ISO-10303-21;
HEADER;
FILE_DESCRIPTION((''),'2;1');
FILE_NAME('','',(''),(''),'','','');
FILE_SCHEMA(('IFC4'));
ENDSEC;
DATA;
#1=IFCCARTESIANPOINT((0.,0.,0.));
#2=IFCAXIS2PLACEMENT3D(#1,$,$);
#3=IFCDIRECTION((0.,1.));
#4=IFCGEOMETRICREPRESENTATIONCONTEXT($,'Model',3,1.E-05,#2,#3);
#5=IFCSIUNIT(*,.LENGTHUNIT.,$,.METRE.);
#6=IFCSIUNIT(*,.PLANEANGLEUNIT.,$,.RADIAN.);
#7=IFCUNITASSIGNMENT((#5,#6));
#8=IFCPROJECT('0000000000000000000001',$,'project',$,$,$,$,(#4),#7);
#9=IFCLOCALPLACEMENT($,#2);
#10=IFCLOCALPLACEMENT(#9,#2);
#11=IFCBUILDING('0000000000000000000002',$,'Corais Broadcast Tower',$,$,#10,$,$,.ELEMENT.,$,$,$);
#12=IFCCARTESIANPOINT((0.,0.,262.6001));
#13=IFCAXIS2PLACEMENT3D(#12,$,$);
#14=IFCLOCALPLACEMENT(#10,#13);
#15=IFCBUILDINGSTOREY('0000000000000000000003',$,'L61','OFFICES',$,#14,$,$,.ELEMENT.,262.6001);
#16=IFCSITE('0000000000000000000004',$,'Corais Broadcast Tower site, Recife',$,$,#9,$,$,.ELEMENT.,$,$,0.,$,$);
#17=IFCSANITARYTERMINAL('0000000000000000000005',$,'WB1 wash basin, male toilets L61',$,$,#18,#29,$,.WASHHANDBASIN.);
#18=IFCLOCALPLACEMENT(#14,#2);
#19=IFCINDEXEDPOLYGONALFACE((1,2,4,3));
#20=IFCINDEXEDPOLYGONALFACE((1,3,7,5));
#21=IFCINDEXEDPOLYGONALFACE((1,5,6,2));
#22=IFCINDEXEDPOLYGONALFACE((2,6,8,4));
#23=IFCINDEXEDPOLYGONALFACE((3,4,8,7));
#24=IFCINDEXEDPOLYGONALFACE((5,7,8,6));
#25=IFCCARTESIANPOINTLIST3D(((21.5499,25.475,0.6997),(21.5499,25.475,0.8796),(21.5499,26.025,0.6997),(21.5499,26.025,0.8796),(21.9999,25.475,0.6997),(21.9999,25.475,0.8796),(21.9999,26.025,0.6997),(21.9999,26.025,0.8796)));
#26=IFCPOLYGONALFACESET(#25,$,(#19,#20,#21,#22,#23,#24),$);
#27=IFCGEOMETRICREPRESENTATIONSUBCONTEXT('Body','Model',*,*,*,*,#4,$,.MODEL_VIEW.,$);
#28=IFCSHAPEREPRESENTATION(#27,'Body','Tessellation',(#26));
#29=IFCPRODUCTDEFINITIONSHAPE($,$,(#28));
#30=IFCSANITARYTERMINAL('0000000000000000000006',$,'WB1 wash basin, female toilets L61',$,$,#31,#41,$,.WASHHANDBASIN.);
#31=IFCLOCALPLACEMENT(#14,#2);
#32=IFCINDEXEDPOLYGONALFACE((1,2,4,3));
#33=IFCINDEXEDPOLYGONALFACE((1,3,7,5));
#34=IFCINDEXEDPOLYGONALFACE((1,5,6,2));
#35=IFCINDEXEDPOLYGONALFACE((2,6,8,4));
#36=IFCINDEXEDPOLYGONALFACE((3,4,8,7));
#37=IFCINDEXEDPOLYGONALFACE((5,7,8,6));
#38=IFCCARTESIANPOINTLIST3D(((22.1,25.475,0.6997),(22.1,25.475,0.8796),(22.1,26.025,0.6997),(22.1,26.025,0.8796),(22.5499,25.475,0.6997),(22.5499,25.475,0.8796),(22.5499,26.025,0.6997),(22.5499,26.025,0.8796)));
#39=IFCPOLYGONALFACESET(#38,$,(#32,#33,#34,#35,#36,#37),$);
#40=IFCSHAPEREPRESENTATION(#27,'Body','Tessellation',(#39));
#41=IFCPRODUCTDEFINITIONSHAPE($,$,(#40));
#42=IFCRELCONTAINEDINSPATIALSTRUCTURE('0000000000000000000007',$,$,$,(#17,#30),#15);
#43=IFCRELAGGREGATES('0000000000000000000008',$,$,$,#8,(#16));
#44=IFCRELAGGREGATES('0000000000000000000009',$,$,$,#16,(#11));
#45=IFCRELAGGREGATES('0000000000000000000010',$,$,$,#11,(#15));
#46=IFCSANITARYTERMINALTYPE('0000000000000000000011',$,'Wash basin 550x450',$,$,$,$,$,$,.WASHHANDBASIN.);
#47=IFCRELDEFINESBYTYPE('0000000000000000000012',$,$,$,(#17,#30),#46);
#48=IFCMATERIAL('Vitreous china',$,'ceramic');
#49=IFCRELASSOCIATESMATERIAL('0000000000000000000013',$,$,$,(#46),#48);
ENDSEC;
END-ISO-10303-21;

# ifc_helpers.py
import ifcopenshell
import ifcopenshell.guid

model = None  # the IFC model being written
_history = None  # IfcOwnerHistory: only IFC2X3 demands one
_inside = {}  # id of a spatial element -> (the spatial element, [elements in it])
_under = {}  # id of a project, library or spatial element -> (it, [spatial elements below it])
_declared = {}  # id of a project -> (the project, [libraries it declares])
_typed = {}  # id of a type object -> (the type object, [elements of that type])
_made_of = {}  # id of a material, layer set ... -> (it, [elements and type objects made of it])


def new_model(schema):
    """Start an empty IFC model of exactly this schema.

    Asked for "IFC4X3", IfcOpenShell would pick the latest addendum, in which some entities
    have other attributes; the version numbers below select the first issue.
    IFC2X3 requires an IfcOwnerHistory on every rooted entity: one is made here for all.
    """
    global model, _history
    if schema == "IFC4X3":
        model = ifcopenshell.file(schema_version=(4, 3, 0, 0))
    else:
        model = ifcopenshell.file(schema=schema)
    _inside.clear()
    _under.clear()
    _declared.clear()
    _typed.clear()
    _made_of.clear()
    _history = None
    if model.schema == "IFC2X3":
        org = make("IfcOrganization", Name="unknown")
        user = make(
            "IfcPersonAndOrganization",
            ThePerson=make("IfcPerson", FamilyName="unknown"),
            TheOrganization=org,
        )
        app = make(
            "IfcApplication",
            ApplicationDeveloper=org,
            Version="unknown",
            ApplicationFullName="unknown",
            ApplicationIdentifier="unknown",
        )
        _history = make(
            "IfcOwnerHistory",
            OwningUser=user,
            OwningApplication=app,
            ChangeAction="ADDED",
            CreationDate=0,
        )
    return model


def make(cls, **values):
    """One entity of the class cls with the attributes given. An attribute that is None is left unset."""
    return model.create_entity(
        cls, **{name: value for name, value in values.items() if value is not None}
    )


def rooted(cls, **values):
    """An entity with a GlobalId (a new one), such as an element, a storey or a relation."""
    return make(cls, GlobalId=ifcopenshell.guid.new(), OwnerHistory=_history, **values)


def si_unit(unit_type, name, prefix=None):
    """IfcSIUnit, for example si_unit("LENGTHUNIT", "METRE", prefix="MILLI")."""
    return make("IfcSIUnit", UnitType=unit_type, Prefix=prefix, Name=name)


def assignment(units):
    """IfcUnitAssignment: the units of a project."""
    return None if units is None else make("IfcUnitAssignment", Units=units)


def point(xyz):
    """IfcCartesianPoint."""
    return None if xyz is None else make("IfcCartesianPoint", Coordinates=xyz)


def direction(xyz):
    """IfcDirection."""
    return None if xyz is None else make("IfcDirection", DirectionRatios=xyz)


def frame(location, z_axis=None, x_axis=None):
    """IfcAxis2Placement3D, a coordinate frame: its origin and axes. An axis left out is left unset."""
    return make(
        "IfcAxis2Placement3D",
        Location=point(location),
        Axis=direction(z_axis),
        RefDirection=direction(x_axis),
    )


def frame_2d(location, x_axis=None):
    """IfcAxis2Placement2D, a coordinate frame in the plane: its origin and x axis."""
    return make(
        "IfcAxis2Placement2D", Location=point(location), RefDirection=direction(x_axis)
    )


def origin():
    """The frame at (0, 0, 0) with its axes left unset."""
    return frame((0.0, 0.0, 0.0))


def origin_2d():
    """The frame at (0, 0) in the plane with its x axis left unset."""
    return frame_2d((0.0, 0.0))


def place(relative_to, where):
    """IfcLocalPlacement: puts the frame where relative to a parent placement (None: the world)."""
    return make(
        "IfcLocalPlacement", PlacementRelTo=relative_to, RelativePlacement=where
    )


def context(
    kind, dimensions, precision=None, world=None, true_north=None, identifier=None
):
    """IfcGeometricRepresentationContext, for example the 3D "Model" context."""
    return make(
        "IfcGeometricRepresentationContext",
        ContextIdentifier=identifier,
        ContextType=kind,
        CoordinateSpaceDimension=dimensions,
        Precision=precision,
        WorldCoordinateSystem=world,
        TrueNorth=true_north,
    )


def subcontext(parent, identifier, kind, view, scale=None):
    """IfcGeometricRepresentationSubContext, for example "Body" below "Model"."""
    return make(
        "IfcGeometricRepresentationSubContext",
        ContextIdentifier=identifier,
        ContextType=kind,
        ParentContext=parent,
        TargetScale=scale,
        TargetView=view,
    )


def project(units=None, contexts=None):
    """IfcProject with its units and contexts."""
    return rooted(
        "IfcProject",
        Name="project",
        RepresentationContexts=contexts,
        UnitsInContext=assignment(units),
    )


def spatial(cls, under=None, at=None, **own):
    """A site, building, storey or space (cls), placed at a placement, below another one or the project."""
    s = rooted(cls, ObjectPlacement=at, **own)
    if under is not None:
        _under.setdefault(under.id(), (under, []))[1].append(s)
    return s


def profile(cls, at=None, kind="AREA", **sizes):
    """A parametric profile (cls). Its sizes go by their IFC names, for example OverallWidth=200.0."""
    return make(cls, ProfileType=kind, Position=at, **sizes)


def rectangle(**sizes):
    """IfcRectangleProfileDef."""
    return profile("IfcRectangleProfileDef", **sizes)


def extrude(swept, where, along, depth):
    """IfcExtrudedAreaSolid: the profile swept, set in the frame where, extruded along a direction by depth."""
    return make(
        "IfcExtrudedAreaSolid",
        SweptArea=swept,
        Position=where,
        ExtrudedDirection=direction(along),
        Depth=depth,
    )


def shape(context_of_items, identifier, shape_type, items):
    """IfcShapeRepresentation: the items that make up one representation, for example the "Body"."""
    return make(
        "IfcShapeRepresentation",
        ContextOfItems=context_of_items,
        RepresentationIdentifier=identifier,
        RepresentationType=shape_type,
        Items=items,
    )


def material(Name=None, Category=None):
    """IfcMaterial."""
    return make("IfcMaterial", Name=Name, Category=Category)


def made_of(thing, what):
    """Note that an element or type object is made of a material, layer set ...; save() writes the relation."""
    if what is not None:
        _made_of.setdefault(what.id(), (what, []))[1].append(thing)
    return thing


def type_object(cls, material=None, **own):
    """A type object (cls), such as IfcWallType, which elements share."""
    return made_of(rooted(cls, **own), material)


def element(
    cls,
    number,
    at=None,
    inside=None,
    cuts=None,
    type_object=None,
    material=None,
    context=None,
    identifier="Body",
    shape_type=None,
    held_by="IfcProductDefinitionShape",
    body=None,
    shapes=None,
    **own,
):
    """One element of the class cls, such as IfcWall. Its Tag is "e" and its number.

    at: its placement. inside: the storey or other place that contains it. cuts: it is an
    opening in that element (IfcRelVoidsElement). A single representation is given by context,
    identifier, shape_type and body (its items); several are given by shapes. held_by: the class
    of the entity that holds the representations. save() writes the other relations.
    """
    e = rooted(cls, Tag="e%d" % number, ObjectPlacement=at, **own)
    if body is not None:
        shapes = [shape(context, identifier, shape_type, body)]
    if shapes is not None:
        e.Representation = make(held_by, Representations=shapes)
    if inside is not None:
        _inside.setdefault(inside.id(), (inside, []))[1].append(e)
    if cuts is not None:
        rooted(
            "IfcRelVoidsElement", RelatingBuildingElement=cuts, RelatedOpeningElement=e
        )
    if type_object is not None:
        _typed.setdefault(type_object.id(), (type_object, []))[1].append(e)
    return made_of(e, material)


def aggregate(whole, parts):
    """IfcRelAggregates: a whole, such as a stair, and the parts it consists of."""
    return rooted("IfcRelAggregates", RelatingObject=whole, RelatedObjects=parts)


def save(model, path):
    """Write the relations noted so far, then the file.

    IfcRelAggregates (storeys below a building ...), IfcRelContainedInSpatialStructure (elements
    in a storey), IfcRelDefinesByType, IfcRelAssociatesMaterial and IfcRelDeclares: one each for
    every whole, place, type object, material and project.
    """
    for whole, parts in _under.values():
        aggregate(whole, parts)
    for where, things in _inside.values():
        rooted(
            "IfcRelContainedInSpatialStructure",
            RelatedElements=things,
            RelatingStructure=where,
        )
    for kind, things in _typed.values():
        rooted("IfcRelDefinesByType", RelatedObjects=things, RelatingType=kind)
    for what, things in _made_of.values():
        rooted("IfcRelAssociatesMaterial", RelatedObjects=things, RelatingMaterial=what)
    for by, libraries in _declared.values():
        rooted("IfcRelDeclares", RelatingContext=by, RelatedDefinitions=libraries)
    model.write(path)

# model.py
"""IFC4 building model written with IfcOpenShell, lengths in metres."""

from ifc_helpers import new_model, si_unit, direction, frame, origin, origin_2d, place, context, subcontext, project, spatial, rectangle, extrude, material, type_object, element, save


model = new_model("IFC4")

# Units and contexts
model_context = context("Model", 3, precision=1e-05, world=origin(), true_north=direction((0.0, 1.0)))
body_context = subcontext(model_context, "Body", "Model", "MODEL_VIEW")
ifc_project = project(units=[si_unit("LENGTHUNIT", "METRE"), si_unit("PLANEANGLEUNIT", "RADIAN")], contexts=[model_context])

# Site, building, storey
site_placement = place(None, origin())
site = spatial("IfcSite", under=ifc_project, at=site_placement, Name="Corais Broadcast Tower site, Recife", CompositionType="ELEMENT", RefElevation=0.0)
building_placement = place(site_placement, origin())
building = spatial("IfcBuilding", under=site, at=building_placement, Name="Corais Broadcast Tower", CompositionType="ELEMENT")
storey_placement = place(building_placement, frame((0.0, 0.0, 262.6001)))
storey = spatial("IfcBuildingStorey", under=building, at=storey_placement, Name="L61", Description="OFFICES", CompositionType="ELEMENT", Elevation=262.6001)

# Sanitary terminals
ifc_material_1 = material(Name="Vitreous china", Category="ceramic")
sanitary_terminal_type_1 = type_object("IfcSanitaryTerminalType", Name="Wash basin 550x450", PredefinedType="WASHHANDBASIN", material=ifc_material_1)
for number, where, z_axis, x_axis, name in (
    (1, (21.7749, 25.75, 0.6997), (0.0, 0.0, 1.0), (1.0, 0.0, 0.0), "WB1 wash basin, male toilets L61"),
    (2, (22.325, 25.75, 0.6997), (0.0, 0.0, 1.0), (1.0, 0.0, 0.0), "WB1 wash basin, female toilets L61"),
):
    element("IfcSanitaryTerminal", number, at=place(storey_placement, frame(where, z_axis=z_axis, x_axis=x_axis)), inside=storey, type_object=sanitary_terminal_type_1, Name=name, PredefinedType="WASHHANDBASIN", context=body_context, shape_type="SweptSolid", body=[
        extrude(rectangle(XDim=0.45, YDim=0.55, at=origin_2d()), origin(), (0.0, 0.0, 1.0), 0.1799),
    ])

save(model, "model.ifc")
